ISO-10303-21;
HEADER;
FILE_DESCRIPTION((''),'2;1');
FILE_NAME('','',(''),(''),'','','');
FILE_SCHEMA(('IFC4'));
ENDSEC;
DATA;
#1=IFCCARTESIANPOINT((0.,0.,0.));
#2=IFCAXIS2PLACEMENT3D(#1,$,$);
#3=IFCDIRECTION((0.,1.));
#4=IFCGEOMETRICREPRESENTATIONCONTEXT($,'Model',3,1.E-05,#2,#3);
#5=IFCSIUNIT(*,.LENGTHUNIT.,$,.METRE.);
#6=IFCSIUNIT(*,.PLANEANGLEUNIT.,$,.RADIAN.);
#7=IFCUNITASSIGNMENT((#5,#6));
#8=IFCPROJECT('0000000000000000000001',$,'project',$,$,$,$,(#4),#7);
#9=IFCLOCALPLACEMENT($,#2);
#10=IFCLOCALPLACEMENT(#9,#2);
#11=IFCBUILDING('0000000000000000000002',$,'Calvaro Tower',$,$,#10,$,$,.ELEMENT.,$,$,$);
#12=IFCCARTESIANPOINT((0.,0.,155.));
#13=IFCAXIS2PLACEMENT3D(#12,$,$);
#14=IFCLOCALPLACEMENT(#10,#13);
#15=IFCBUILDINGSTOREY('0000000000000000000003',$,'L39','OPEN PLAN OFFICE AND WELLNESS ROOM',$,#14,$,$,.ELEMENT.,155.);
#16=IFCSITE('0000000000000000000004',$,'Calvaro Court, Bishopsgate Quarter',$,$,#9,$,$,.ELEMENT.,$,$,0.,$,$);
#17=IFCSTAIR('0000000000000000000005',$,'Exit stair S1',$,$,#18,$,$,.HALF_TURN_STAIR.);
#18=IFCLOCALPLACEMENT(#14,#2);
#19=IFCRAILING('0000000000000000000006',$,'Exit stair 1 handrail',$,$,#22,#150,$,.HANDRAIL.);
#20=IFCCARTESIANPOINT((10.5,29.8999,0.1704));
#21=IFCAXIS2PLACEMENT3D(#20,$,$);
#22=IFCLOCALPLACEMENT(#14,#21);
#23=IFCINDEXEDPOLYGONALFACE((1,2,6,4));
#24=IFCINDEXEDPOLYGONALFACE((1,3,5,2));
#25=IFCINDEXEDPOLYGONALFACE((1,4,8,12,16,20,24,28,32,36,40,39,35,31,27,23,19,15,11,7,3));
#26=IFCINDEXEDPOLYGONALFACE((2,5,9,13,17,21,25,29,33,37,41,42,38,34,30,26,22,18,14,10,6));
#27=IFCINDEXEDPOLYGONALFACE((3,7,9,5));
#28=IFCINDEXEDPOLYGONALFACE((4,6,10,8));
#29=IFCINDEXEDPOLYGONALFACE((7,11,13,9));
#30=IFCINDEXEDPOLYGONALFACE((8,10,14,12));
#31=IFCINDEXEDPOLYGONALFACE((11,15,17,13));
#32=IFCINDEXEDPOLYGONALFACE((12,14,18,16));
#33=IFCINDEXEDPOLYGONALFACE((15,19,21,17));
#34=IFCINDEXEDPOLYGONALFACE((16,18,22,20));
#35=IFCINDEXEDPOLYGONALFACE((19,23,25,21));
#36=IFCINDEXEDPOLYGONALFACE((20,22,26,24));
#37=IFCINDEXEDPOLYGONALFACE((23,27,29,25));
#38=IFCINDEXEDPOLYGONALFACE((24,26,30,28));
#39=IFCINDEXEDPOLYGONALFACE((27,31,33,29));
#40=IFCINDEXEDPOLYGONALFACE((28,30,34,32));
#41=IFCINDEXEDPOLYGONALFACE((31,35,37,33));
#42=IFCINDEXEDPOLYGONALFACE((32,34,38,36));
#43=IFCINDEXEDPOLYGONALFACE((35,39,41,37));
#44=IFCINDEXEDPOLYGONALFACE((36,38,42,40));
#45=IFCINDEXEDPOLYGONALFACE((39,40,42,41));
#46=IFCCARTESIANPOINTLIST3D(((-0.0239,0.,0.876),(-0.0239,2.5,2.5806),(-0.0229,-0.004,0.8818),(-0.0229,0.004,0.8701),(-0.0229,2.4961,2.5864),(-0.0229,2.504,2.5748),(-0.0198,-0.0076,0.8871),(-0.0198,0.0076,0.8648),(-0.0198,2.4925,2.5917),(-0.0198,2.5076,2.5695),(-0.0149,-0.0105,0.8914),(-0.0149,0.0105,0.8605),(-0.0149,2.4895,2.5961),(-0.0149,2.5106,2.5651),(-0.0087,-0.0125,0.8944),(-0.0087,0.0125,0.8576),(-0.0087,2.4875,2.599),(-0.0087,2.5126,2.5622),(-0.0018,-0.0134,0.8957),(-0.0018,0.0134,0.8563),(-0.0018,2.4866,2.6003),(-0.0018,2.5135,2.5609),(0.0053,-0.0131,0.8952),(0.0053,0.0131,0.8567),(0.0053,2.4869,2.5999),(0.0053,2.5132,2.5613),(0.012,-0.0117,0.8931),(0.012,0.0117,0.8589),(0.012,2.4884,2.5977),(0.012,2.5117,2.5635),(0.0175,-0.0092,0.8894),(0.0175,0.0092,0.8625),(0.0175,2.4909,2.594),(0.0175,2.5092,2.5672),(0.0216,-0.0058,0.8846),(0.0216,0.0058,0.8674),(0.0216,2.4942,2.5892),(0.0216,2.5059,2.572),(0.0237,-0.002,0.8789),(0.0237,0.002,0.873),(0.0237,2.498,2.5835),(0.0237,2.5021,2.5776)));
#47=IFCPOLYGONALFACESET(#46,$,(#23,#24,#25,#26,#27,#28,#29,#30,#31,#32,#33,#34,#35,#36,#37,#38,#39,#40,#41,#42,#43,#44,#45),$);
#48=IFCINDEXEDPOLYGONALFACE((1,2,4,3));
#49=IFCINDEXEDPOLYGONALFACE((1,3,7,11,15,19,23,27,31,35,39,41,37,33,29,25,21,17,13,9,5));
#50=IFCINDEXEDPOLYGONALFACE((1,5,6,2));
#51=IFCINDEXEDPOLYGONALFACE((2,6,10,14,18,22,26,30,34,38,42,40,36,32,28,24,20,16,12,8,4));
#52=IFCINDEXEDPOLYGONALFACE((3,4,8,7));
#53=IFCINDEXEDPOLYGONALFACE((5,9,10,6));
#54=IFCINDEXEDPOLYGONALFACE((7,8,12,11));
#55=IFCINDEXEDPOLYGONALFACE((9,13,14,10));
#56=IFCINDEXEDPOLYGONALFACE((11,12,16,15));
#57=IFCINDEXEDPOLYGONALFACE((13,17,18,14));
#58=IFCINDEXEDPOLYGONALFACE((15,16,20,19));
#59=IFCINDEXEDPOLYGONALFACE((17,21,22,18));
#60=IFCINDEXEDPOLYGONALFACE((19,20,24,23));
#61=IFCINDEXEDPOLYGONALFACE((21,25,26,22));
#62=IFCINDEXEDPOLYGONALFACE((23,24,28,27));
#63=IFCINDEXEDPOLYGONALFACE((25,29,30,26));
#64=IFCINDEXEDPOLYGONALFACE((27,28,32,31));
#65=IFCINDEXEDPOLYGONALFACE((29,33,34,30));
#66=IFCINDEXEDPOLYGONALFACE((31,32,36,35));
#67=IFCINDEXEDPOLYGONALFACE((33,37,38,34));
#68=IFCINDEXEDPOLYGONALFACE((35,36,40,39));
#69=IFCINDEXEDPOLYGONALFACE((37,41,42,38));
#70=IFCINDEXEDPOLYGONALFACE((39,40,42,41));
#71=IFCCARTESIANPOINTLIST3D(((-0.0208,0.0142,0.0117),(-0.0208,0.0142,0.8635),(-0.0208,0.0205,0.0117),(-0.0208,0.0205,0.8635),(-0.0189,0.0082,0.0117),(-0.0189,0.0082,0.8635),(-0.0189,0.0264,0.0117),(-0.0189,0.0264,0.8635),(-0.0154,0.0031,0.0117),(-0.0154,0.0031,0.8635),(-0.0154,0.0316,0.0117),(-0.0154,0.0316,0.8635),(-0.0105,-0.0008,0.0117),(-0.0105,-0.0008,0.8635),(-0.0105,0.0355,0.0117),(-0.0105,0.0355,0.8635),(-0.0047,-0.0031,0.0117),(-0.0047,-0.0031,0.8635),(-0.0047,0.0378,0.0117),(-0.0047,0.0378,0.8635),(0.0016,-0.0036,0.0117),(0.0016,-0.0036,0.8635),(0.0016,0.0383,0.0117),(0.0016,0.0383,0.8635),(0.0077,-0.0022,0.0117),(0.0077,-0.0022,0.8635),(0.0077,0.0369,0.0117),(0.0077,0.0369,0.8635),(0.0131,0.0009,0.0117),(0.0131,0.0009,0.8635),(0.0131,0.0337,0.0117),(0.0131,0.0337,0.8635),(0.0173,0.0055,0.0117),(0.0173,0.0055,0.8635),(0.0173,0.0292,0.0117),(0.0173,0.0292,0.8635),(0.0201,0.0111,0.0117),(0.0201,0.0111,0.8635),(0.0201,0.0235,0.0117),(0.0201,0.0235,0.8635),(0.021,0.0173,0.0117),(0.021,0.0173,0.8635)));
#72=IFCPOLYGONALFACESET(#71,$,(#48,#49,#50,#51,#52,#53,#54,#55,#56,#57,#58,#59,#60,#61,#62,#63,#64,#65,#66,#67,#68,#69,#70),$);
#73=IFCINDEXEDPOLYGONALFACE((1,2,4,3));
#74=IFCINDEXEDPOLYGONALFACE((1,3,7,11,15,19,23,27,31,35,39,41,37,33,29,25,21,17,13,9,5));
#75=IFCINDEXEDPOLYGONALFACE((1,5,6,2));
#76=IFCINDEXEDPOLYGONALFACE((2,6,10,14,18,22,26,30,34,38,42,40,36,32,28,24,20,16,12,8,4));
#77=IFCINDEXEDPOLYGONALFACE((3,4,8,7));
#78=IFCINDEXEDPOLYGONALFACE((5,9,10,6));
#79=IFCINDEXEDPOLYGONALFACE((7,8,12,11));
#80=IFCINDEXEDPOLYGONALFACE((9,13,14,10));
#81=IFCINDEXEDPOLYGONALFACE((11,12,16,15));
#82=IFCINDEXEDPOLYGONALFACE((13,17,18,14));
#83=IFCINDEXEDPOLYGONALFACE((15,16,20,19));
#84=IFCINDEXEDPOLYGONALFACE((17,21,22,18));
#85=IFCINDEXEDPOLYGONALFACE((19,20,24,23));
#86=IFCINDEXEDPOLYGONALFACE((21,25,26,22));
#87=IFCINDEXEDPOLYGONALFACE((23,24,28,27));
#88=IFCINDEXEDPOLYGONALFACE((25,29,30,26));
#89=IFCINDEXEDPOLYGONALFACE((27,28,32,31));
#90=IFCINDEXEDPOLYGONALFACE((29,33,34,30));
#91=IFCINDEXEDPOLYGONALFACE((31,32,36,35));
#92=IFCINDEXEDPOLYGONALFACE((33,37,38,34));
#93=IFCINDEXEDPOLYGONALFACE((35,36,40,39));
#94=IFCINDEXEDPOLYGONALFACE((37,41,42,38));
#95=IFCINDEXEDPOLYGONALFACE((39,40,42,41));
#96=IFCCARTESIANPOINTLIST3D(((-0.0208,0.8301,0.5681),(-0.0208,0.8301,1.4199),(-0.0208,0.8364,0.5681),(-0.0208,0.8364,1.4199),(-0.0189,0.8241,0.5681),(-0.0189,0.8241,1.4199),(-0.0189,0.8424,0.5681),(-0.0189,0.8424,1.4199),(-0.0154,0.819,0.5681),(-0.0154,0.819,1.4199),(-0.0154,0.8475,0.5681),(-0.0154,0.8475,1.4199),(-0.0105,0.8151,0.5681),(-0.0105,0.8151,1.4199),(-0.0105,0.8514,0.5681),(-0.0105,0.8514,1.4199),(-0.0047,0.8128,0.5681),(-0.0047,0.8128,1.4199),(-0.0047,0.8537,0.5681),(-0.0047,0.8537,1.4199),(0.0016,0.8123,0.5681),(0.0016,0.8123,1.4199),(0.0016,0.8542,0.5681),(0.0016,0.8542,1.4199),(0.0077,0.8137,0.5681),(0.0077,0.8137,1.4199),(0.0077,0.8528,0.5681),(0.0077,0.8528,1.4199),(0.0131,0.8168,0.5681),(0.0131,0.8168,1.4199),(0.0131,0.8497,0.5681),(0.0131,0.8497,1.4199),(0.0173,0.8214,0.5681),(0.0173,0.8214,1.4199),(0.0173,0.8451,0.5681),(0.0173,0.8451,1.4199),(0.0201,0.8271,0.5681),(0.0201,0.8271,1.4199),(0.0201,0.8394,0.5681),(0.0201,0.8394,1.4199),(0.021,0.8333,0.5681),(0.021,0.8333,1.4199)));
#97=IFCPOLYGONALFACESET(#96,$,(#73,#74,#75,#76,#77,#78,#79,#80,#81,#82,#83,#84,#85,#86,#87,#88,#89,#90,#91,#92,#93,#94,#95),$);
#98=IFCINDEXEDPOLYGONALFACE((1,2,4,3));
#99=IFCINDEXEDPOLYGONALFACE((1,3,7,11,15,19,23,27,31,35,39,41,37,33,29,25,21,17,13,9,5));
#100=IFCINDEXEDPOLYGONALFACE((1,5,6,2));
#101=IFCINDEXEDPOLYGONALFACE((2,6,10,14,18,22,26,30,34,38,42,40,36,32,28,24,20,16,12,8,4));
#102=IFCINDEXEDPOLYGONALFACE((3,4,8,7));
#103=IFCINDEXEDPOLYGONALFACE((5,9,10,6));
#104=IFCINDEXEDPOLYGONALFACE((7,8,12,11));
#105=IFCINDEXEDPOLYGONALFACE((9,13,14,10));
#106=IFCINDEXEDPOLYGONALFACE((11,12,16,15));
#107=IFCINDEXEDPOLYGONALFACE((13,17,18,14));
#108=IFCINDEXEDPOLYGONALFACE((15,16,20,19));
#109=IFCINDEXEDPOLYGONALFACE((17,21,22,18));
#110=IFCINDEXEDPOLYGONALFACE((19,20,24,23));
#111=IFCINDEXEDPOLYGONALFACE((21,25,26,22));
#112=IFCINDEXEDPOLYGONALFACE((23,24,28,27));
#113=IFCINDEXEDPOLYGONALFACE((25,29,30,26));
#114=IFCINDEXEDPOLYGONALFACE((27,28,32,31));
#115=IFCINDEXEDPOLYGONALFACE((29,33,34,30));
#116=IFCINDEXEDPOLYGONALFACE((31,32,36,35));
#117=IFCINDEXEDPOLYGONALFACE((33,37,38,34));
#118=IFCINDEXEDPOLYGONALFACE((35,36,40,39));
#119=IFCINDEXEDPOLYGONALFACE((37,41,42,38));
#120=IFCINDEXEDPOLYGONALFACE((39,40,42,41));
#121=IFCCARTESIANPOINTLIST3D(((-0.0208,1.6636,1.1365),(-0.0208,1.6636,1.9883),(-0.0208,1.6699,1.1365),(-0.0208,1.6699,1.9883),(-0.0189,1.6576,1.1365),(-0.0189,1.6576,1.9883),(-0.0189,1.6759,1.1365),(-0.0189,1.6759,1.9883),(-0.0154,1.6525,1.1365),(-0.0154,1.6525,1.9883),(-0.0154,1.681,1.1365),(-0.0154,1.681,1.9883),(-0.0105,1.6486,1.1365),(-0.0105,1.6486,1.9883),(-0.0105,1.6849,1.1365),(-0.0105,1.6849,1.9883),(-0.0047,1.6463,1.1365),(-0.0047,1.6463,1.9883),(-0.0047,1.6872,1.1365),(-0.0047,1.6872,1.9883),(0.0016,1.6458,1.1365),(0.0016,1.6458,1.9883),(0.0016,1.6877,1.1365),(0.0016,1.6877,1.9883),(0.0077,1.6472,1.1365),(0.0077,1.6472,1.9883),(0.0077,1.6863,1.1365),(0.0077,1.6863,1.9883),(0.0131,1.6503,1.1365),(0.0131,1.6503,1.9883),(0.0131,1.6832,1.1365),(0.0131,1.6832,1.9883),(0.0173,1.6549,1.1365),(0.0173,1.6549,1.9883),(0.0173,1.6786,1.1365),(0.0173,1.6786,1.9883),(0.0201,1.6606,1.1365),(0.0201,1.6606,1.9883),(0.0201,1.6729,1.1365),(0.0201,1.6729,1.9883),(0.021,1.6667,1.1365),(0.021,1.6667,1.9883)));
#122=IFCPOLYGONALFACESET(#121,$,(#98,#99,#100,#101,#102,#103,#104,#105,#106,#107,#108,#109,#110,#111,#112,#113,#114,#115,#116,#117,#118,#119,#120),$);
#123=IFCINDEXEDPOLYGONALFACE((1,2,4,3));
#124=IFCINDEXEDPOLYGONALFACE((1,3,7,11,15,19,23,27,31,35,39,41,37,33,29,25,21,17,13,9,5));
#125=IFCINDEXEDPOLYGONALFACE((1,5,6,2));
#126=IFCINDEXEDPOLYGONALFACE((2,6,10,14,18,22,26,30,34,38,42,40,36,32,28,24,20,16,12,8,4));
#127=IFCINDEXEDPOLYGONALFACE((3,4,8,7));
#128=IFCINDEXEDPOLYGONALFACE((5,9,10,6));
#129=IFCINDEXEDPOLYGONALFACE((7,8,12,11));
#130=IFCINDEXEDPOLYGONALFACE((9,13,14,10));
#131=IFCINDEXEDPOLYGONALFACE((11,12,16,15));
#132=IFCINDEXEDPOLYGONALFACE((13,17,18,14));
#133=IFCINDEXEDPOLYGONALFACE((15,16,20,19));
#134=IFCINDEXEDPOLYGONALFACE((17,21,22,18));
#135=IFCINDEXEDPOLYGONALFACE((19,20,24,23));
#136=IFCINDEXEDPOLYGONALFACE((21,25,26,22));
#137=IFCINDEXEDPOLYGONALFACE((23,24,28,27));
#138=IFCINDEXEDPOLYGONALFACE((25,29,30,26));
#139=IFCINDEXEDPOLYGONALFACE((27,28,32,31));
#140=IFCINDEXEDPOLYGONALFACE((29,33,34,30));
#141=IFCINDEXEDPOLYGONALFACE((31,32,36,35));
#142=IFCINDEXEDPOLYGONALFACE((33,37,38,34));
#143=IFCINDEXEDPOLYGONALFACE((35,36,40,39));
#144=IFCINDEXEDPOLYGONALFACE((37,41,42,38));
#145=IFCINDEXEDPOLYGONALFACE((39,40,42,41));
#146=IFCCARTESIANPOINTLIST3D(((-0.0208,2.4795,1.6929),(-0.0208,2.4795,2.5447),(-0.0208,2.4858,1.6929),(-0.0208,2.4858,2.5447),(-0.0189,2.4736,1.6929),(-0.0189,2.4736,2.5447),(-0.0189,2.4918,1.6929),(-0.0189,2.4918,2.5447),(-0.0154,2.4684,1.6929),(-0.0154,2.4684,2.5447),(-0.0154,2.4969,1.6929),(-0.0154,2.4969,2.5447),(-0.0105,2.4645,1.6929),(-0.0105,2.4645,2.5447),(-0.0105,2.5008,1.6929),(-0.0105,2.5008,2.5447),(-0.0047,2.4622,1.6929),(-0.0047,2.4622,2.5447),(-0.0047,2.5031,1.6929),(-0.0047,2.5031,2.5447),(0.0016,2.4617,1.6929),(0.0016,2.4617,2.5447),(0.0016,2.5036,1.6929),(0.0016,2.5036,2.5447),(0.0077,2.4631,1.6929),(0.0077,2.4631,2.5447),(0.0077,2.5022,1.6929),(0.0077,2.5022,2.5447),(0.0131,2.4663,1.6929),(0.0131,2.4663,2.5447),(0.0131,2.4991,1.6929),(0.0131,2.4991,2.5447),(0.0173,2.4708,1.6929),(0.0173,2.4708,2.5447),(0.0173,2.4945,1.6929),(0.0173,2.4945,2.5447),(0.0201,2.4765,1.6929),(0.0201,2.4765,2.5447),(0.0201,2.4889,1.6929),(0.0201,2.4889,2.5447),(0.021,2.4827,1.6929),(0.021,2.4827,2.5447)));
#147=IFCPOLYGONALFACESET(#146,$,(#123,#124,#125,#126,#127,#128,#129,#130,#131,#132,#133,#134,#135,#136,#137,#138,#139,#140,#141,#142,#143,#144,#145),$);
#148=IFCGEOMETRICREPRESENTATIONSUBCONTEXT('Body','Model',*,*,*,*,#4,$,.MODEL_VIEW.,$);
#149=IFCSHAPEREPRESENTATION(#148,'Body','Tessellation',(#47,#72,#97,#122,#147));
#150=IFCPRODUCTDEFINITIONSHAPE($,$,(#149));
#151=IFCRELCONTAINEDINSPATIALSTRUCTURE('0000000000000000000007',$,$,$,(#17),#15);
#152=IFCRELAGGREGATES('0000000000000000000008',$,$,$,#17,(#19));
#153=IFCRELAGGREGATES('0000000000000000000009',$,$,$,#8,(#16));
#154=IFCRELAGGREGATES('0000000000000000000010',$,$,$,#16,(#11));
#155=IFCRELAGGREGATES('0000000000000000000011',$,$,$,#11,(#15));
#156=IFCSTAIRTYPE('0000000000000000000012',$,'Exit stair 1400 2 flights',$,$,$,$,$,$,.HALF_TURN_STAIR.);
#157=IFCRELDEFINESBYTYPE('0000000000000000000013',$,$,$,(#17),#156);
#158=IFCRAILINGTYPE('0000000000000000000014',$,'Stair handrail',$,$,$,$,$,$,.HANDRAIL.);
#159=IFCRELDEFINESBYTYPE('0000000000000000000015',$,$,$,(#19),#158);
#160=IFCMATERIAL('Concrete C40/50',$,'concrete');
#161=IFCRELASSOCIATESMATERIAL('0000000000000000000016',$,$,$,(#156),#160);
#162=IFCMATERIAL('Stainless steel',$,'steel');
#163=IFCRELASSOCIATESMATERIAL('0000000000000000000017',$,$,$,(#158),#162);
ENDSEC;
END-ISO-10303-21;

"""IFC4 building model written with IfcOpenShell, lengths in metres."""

from ifc_helpers import new_model, si_unit, direction, frame, origin, origin_2d, place, context, subcontext, project, spatial, circle, extrude, material, type_object, element, aggregate, save


model = new_model("IFC4")

# Units and contexts
model_context = context("Model", 3, precision=1e-05, world=origin(), true_north=direction((0.0, 1.0)))
body_context = subcontext(model_context, "Body", "Model", "MODEL_VIEW")
ifc_project = project(units=[si_unit("LENGTHUNIT", "METRE"), si_unit("PLANEANGLEUNIT", "RADIAN")], contexts=[model_context])

# Site, building, storey
site_placement = place(None, origin())
site = spatial("IfcSite", under=ifc_project, at=site_placement, Name="Calvaro Court, Bishopsgate Quarter", CompositionType="ELEMENT", RefElevation=0.0)
building_placement = place(site_placement, origin())
building = spatial("IfcBuilding", under=site, at=building_placement, Name="Calvaro Tower", CompositionType="ELEMENT")
storey_placement = place(building_placement, frame((0.0, 0.0, 155.0)))
storey = spatial("IfcBuildingStorey", under=building, at=storey_placement, Name="L39", Description="OPEN PLAN OFFICE AND WELLNESS ROOM", CompositionType="ELEMENT", Elevation=155.0)

# Stair, railing
ifc_material_1 = material(Name="Concrete C40/50", Category="concrete")
stair_type = type_object("IfcStairType", Name="Exit stair 1400 2 flights", PredefinedType="HALF_TURN_STAIR", material=ifc_material_1)
stair_placement = place(storey_placement, origin())
stair = element("IfcStair", 1, at=stair_placement, inside=storey, type_object=stair_type, Name="Exit stair S1", PredefinedType="HALF_TURN_STAIR")
ifc_material_2 = material(Name="Stainless steel", Category="steel")
railing_type = type_object("IfcRailingType", Name="Stair handrail", PredefinedType="HANDRAIL", material=ifc_material_2)
railing_placement = place(storey_placement, frame((10.5, 29.8999, 0.1704)))
railing = element("IfcRailing", 2, at=railing_placement, type_object=railing_type, Name="Exit stair 1 handrail", PredefinedType="HANDRAIL", context=body_context, shape_type="SweptSolid", body=[
    extrude(circle(Radius=0.0239, at=origin_2d()), frame((0.0, 0.0, 0.876), z_axis=(0.0, 0.826221, 0.563347), x_axis=(-1.0, 0.0, 0.0)), (0.0, 0.0, 1.0), 3.0259),
    extrude(circle(Radius=0.021, at=origin_2d()), frame((0.0, 0.0173, 0.0117)), (0.0, 0.0, 1.0), 0.8518),
    extrude(circle(Radius=0.021, at=origin_2d()), frame((0.0, 0.8333, 0.5681)), (0.0, 0.0, 1.0), 0.8518),
    extrude(circle(Radius=0.021, at=origin_2d()), frame((0.0, 1.6667, 1.1365)), (0.0, 0.0, 1.0), 0.8518),
    extrude(circle(Radius=0.021, at=origin_2d()), frame((0.0, 2.4827, 1.6929)), (0.0, 0.0, 1.0), 0.8518),
])
aggregate(stair, [railing])

save(model, "model.ifc")
